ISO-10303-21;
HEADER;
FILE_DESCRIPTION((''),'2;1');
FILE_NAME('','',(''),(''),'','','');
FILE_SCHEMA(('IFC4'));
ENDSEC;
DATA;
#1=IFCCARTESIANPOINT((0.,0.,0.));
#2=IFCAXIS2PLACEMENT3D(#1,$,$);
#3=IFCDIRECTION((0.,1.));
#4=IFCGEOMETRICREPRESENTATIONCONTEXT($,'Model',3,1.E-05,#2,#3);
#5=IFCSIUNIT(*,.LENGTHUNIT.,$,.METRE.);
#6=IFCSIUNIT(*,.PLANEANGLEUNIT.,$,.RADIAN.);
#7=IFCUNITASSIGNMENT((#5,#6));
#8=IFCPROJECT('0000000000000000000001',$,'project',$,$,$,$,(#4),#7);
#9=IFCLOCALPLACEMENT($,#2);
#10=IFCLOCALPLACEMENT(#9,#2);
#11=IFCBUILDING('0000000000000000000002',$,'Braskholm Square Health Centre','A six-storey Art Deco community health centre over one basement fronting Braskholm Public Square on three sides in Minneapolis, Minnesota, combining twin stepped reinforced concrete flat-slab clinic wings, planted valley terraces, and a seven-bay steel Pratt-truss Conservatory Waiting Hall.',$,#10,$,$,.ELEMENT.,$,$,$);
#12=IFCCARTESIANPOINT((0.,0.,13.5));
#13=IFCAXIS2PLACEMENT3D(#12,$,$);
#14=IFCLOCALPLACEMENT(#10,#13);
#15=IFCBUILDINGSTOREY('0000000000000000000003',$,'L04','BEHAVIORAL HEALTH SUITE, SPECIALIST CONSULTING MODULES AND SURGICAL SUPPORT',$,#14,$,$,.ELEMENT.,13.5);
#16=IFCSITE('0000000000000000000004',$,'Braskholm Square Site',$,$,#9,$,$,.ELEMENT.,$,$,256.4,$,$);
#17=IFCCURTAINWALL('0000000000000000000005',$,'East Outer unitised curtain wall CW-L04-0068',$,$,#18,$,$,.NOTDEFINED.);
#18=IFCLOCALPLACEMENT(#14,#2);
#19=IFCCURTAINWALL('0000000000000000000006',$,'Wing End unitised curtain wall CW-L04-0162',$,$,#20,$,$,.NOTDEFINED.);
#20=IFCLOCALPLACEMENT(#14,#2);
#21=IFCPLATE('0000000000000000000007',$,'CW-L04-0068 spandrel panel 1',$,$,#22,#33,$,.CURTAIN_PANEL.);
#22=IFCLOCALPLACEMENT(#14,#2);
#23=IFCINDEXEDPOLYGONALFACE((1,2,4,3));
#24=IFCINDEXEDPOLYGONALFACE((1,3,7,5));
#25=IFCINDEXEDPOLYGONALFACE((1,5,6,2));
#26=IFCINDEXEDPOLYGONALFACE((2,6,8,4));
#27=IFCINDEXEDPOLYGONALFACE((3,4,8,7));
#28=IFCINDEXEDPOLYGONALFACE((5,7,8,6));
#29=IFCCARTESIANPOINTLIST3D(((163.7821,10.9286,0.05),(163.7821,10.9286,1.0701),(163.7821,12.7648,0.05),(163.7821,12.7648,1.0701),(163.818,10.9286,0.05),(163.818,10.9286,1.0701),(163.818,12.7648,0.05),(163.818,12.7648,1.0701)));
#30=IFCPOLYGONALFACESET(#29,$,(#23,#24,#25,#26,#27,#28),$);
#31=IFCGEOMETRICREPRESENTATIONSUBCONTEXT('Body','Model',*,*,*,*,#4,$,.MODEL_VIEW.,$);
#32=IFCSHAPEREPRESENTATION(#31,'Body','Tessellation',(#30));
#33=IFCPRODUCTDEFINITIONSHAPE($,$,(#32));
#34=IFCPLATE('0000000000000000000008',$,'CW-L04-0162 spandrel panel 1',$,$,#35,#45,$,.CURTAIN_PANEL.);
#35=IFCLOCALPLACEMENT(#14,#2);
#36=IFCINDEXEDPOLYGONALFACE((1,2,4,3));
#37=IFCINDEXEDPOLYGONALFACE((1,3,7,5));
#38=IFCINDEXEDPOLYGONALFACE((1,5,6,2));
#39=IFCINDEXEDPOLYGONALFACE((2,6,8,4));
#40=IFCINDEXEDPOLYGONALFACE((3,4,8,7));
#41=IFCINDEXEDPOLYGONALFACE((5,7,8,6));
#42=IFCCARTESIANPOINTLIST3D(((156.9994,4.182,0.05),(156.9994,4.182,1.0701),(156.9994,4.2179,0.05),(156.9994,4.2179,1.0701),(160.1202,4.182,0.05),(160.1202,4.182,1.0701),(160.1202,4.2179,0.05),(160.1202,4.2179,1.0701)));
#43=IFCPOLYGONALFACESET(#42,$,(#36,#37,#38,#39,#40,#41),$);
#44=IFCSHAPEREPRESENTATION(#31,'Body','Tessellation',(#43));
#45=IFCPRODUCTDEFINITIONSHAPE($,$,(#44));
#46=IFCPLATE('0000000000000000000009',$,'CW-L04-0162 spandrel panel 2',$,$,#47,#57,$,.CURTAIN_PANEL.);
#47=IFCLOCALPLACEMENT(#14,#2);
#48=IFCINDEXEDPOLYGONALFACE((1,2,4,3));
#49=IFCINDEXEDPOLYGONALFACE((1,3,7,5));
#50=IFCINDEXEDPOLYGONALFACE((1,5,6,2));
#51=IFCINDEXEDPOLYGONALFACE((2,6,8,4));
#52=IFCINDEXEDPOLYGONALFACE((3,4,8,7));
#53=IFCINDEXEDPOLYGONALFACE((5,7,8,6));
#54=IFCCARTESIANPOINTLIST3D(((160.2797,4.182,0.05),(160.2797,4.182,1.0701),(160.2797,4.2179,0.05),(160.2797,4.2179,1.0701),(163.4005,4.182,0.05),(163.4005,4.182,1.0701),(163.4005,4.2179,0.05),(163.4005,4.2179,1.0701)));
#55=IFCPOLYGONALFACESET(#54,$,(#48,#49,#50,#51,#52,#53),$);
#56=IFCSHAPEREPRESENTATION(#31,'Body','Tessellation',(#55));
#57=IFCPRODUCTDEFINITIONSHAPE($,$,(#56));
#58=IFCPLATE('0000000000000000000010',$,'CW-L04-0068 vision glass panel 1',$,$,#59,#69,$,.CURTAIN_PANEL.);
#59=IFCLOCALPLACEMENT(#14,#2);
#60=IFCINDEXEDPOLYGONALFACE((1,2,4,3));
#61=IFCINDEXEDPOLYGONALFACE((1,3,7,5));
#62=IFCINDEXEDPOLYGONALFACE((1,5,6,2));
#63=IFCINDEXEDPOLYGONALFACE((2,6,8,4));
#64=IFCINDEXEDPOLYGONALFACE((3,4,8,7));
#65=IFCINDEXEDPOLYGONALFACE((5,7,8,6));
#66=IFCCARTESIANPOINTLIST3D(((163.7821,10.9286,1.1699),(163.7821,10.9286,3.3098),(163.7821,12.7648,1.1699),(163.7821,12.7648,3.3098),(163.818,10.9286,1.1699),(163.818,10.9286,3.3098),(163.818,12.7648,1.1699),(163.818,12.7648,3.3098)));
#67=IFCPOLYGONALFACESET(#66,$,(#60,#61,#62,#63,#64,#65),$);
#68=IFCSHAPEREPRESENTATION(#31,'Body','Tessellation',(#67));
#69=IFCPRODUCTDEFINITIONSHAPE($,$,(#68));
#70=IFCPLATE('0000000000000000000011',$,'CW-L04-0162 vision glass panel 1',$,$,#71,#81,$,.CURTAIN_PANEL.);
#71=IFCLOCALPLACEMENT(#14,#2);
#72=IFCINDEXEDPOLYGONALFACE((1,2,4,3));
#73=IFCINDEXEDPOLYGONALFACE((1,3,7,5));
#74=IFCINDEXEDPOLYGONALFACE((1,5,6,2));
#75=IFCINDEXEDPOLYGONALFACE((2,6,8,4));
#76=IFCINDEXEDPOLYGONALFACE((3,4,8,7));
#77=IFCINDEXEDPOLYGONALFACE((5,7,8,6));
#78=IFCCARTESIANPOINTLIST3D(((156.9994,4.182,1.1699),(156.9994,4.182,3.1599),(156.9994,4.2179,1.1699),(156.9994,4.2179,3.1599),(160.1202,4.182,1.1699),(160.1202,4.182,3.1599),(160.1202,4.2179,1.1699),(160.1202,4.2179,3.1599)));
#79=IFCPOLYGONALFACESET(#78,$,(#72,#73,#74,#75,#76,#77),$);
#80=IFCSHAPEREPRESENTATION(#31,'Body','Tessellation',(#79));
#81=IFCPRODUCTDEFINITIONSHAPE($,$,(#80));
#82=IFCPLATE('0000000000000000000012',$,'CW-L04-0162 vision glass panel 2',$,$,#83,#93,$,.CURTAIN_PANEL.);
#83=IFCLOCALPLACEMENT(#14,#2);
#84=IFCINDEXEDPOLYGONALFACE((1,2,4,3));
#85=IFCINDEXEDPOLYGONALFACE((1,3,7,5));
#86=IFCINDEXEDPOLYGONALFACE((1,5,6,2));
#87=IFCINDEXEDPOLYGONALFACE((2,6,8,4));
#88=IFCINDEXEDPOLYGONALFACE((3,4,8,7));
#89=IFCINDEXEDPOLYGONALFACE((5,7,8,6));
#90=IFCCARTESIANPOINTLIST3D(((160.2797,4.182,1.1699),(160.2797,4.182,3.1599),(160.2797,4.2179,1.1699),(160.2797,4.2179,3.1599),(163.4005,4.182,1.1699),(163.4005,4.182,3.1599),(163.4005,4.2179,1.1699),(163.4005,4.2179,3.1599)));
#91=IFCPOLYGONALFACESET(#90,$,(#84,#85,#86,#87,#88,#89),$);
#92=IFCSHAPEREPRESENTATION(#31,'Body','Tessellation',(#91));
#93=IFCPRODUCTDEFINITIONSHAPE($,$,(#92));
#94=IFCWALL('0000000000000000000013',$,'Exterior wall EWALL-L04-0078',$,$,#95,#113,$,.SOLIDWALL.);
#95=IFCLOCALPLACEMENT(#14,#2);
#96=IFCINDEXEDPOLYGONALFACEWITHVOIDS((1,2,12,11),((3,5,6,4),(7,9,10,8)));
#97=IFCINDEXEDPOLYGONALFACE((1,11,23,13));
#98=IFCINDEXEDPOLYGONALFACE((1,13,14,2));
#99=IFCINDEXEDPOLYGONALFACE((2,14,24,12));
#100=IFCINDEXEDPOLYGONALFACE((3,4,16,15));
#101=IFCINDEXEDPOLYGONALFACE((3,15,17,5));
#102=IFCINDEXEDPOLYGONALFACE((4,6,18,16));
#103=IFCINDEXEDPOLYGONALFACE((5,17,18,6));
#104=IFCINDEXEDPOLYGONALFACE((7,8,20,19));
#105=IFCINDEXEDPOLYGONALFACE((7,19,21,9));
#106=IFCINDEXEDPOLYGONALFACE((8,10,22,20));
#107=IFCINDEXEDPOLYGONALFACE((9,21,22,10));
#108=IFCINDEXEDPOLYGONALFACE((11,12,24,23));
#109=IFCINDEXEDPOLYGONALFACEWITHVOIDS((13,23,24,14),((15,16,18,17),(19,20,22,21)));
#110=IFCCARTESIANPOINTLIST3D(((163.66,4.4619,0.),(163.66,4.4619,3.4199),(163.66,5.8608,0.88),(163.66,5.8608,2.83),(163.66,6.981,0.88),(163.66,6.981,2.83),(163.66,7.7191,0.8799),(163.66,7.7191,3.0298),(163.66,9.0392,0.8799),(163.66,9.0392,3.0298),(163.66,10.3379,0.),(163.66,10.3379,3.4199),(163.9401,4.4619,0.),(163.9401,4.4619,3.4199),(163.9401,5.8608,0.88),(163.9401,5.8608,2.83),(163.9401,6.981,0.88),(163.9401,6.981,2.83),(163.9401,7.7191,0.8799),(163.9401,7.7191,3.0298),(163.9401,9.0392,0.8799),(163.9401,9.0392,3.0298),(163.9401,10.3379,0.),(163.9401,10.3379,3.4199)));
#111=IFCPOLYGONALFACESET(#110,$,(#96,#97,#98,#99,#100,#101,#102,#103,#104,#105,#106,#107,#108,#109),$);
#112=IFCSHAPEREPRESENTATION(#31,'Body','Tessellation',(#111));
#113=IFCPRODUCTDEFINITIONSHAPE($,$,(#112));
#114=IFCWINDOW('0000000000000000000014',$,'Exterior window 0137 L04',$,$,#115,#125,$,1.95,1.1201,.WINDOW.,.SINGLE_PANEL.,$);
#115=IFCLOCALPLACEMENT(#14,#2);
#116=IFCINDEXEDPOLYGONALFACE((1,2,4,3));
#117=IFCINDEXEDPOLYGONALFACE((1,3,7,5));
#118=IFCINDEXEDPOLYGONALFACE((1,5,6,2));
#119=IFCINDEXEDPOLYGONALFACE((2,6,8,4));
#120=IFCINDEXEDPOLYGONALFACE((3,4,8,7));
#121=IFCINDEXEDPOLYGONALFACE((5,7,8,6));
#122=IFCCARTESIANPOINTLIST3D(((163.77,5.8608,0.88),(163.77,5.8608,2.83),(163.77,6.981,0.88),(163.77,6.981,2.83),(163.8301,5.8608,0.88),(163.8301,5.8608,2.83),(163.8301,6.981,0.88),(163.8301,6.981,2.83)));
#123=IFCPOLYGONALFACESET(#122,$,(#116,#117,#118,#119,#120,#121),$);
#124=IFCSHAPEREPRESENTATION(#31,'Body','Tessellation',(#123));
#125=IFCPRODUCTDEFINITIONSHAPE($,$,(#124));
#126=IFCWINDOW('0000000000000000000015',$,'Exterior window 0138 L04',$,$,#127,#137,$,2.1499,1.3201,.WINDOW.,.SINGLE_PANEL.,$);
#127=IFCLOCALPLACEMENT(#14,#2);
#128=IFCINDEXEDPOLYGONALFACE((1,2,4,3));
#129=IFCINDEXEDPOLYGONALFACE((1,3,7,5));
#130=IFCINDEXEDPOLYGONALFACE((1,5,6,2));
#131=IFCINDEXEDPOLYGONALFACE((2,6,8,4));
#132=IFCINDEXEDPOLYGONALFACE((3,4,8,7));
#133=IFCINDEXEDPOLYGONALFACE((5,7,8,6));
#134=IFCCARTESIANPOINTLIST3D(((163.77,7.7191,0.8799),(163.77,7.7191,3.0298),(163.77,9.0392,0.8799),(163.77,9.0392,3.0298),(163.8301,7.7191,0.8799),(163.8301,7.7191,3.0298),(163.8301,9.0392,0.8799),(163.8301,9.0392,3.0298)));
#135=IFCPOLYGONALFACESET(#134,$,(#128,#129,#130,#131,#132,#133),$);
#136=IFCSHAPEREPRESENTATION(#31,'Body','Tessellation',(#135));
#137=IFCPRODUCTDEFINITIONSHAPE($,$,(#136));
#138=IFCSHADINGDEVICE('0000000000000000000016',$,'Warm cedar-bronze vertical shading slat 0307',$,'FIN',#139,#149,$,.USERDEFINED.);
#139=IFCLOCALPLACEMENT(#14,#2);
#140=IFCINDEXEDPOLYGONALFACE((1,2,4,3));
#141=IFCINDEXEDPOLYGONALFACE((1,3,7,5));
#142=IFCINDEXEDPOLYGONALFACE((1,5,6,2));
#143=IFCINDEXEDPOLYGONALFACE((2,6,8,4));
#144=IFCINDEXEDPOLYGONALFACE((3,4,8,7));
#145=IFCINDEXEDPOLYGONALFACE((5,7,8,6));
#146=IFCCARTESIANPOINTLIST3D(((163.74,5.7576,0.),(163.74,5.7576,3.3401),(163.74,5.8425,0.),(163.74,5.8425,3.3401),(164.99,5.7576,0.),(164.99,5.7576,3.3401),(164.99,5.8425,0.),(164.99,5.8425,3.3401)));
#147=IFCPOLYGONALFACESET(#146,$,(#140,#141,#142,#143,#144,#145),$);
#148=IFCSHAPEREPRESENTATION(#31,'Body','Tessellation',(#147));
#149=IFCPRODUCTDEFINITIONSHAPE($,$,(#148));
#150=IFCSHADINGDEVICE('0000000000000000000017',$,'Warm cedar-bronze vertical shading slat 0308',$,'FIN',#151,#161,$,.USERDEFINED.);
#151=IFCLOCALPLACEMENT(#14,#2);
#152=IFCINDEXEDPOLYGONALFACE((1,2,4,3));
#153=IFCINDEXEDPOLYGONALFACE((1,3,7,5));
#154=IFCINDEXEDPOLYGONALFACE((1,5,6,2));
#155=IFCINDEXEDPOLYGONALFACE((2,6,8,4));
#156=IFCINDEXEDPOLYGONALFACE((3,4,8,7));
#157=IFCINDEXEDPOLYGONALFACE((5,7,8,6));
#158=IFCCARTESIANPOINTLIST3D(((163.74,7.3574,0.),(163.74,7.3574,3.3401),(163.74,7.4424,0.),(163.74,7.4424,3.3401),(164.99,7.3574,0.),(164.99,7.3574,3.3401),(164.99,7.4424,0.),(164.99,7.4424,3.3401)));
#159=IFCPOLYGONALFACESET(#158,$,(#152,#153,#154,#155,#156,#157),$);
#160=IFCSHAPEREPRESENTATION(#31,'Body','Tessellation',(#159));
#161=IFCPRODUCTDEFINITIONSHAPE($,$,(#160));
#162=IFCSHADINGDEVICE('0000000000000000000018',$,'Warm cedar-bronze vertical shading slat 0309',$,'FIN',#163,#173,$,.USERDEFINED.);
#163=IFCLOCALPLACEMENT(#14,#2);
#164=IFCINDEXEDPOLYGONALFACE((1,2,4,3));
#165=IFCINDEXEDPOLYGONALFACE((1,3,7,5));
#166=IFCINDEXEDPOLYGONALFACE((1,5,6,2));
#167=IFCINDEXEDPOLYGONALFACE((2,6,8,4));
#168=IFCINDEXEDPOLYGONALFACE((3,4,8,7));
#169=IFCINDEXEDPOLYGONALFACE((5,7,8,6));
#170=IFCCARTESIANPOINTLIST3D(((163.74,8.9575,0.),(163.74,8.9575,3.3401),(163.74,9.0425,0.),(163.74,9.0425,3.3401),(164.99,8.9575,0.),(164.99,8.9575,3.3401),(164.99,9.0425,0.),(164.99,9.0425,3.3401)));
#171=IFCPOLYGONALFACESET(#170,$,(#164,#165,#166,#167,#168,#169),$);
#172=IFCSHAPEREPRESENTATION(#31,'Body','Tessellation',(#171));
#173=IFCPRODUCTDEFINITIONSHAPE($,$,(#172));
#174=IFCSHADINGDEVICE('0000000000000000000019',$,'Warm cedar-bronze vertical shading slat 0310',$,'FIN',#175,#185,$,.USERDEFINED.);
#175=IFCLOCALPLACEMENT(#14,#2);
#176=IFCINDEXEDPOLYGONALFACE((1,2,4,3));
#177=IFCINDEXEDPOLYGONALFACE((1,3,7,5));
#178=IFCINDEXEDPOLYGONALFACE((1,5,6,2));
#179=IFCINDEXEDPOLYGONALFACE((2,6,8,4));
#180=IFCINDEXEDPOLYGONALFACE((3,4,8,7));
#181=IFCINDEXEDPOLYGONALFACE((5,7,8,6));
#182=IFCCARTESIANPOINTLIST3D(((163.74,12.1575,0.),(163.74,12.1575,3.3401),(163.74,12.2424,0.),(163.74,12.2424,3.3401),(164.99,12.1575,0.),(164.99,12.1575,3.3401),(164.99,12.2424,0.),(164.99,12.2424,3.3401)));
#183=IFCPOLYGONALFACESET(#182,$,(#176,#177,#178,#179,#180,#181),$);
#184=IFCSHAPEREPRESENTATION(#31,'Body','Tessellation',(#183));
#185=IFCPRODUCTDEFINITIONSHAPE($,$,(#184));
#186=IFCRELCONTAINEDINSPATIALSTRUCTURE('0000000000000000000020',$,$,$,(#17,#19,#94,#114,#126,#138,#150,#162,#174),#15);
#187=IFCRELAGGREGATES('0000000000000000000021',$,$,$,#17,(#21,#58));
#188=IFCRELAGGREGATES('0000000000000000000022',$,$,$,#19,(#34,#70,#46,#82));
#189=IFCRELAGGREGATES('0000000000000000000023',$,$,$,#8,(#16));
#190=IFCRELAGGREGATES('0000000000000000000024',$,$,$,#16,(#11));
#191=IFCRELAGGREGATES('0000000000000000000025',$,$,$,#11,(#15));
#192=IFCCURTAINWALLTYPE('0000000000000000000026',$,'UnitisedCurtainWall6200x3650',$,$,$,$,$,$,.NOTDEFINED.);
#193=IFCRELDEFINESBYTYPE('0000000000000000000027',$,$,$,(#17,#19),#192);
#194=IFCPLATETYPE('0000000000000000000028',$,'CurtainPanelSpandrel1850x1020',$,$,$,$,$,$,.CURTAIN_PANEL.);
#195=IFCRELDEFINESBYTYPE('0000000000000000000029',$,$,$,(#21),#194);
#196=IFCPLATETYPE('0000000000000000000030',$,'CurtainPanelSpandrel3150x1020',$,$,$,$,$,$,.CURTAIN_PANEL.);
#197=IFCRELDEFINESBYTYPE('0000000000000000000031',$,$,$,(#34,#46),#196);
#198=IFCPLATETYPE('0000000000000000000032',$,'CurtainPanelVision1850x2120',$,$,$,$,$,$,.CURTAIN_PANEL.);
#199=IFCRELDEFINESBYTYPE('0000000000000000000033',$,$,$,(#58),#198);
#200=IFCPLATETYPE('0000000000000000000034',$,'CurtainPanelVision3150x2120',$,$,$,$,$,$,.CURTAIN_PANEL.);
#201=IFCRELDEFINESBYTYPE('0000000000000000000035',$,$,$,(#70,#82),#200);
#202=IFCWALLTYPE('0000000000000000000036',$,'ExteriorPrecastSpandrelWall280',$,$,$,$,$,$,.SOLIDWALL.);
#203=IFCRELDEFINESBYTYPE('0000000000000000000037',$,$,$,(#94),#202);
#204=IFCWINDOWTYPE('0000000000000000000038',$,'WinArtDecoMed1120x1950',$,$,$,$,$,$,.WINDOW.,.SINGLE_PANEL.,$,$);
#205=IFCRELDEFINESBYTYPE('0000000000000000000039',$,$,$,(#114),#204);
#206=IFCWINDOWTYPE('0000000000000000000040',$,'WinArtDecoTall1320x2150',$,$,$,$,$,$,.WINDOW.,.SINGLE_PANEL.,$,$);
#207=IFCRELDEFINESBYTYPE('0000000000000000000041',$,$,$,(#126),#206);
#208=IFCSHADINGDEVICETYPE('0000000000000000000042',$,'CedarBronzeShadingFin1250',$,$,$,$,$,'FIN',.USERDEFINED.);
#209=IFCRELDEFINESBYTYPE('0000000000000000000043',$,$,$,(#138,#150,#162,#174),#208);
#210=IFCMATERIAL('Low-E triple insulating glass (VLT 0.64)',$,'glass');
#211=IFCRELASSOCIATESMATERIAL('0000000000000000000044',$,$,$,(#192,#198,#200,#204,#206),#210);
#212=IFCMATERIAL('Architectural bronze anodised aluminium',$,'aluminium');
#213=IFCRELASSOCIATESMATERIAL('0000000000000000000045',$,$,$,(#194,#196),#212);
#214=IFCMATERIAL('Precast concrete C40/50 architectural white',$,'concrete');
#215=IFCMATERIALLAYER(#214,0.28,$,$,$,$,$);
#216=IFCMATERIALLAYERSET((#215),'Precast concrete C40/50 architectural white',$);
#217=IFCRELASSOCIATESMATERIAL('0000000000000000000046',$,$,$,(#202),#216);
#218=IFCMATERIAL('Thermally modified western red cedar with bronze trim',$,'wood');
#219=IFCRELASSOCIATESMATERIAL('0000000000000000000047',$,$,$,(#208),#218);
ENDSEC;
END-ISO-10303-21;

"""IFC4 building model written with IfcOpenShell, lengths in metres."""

from ifc_helpers import new_model, si_unit, direction, frame, frame_2d, origin, origin_with_axes, origin_2d, place, context, subcontext, project, spatial, rectangle, extrude, material, layer, layer_set, type_object, element, fill, aggregate, save


model = new_model("IFC4")

# Units and contexts
model_context = context("Model", 3, precision=1e-05, world=origin(), true_north=direction((0.0, 1.0)))
body_context = subcontext(model_context, "Body", "Model", "MODEL_VIEW")
ifc_project = project(units=[si_unit("LENGTHUNIT", "METRE"), si_unit("PLANEANGLEUNIT", "RADIAN")], contexts=[model_context])

# Site, building, storey
site_placement = place(None, origin())
site = spatial("IfcSite", under=ifc_project, at=site_placement, Name="Braskholm Square Site", CompositionType="ELEMENT", RefElevation=256.4)
building_placement = place(site_placement, origin())
building = spatial("IfcBuilding", under=site, at=building_placement, Name="Braskholm Square Health Centre", Description="A six-storey Art Deco community health centre over one basement fronting Braskholm Public Square on three sides in Minneapolis, Minnesota, combining twin stepped reinforced concrete flat-slab clinic wings, planted valley terraces, and a seven-bay steel Pratt-truss Conservatory Waiting Hall.", CompositionType="ELEMENT")
storey_placement = place(building_placement, frame((0.0, 0.0, 13.5)))
storey = spatial("IfcBuildingStorey", under=building, at=storey_placement, Name="L04", Description="BEHAVIORAL HEALTH SUITE, SPECIALIST CONSULTING MODULES AND SURGICAL SUPPORT", CompositionType="ELEMENT", Elevation=13.5)

# Shared definitions
ifc_material_1 = material(Name="Precast concrete C40/50 architectural white", Category="concrete")

# Curtain wall
ifc_material_2 = material(Name="Low-E triple insulating glass (VLT 0.64)", Category="glass")
curtain_wall_type = type_object("IfcCurtainWallType", Name="UnitisedCurtainWall6200x3650", PredefinedType="NOTDEFINED", material=ifc_material_2)
curtain_wall_1_placement = place(storey_placement, origin())
curtain_wall_1 = element("IfcCurtainWall", 1, at=curtain_wall_1_placement, inside=storey, type_object=curtain_wall_type, Name="East Outer unitised curtain wall CW-L04-0068", PredefinedType="NOTDEFINED")
ifc_material_3 = material(Name="Architectural bronze anodised aluminium", Category="aluminium")

# Curtain wall
curtain_wall_2_placement = place(storey_placement, origin())
curtain_wall_2 = element("IfcCurtainWall", 2, at=curtain_wall_2_placement, inside=storey, type_object=curtain_wall_type, Name="Wing End unitised curtain wall CW-L04-0162", PredefinedType="NOTDEFINED")

# Plates
plate_type_1 = type_object("IfcPlateType", Name="CurtainPanelSpandrel1850x1020", PredefinedType="CURTAIN_PANEL", material=ifc_material_3)
plate_1_placement = place(storey_placement, frame((163.8, 11.8467, 0.05), z_axis=(0.0, 0.0, 1.0), x_axis=(0.0, 1.0, 0.0)))
plate_1 = element("IfcPlate", 3, at=plate_1_placement, type_object=plate_type_1, Name="CW-L04-0068 spandrel panel 1", PredefinedType="CURTAIN_PANEL", context=body_context, shape_type="SweptSolid", body=[
    extrude(rectangle(XDim=1.8362, YDim=0.0359, at=origin_2d()), origin(), (0.0, 0.0, 1.0), 1.02),
])
plate_type_2 = type_object("IfcPlateType", Name="CurtainPanelSpandrel3150x1020", PredefinedType="CURTAIN_PANEL", material=ifc_material_3)
plate_2_placement = place(storey_placement, frame((158.5598, 4.2, 0.05), z_axis=(0.0, 0.0, 1.0), x_axis=(1.0, 0.0, 0.0)))
plate_2 = element("IfcPlate", 4, at=plate_2_placement, type_object=plate_type_2, Name="CW-L04-0162 spandrel panel 1", PredefinedType="CURTAIN_PANEL", context=body_context, shape_type="SweptSolid", body=[
    extrude(rectangle(XDim=3.1208, YDim=0.0359, at=origin_2d()), origin(), (0.0, 0.0, 1.0), 1.02),
])
plate_3_placement = place(storey_placement, frame((161.8401, 4.2, 0.05), z_axis=(0.0, 0.0, 1.0), x_axis=(1.0, 0.0, 0.0)))
plate_3 = element("IfcPlate", 5, at=plate_3_placement, type_object=plate_type_2, Name="CW-L04-0162 spandrel panel 2", PredefinedType="CURTAIN_PANEL", context=body_context, shape_type="SweptSolid", body=[
    extrude(rectangle(XDim=3.1208, YDim=0.0359, at=origin_2d()), origin(), (0.0, 0.0, 1.0), 1.02),
])
plate_type_3 = type_object("IfcPlateType", Name="CurtainPanelVision1850x2120", PredefinedType="CURTAIN_PANEL", material=ifc_material_2)
plate_4_placement = place(storey_placement, frame((163.8, 11.8467, 1.1699), z_axis=(0.0, 0.0, 1.0), x_axis=(0.0, 1.0, 0.0)))
plate_4 = element("IfcPlate", 6, at=plate_4_placement, type_object=plate_type_3, Name="CW-L04-0068 vision glass panel 1", PredefinedType="CURTAIN_PANEL", context=body_context, shape_type="SweptSolid", body=[
    extrude(rectangle(XDim=1.8362, YDim=0.0359, at=origin_2d()), origin(), (0.0, 0.0, 1.0), 2.1399),
])
aggregate(curtain_wall_1, [plate_1, plate_4])
plate_type_4 = type_object("IfcPlateType", Name="CurtainPanelVision3150x2120", PredefinedType="CURTAIN_PANEL", material=ifc_material_2)
plate_5_placement = place(storey_placement, frame((158.5598, 4.2, 1.1699), z_axis=(0.0, 0.0, 1.0), x_axis=(1.0, 0.0, 0.0)))
plate_5 = element("IfcPlate", 7, at=plate_5_placement, type_object=plate_type_4, Name="CW-L04-0162 vision glass panel 1", PredefinedType="CURTAIN_PANEL", context=body_context, shape_type="SweptSolid", body=[
    extrude(rectangle(XDim=3.1208, YDim=0.0359, at=origin_2d()), origin(), (0.0, 0.0, 1.0), 1.99),
])
plate_6_placement = place(storey_placement, frame((161.8401, 4.2, 1.1699), z_axis=(0.0, 0.0, 1.0), x_axis=(1.0, 0.0, 0.0)))
plate_6 = element("IfcPlate", 8, at=plate_6_placement, type_object=plate_type_4, Name="CW-L04-0162 vision glass panel 2", PredefinedType="CURTAIN_PANEL", context=body_context, shape_type="SweptSolid", body=[
    extrude(rectangle(XDim=3.1208, YDim=0.0359, at=origin_2d()), origin(), (0.0, 0.0, 1.0), 1.99),
])
aggregate(curtain_wall_2, [plate_2, plate_5, plate_3, plate_6])

# Wall, openings, windows
ifc_layer_1 = layer(ifc_material_1, 0.28)
ifc_layer_set_1 = layer_set([ifc_layer_1], Name="Precast concrete C40/50 architectural white")
wall_type = type_object("IfcWallType", Name="ExteriorPrecastSpandrelWall280", PredefinedType="SOLIDWALL", material=ifc_layer_set_1)
wall_placement = place(storey_placement, frame((163.8, 4.4619, 0.0), z_axis=(0.0, 0.0, 1.0), x_axis=(0.0, 1.0, 0.0)))
wall = element("IfcWall", 9, at=wall_placement, inside=storey, type_object=wall_type, Name="Exterior wall EWALL-L04-0078", PredefinedType="SOLIDWALL", context=body_context, shape_type="SweptSolid", body=[
    extrude(rectangle(XDim=5.876, YDim=0.28, at=frame_2d((2.938, 0.0))), origin(), (0.0, 0.0, 1.0), 3.4199),
])
opening_1_placement = place(wall_placement, frame((1.3989, 0.0, 0.8799)))
opening_1 = element("IfcOpeningElement", 10, at=opening_1_placement, cuts=wall, PredefinedType="OPENING", context=body_context, shape_type="SweptSolid", body=[
    extrude(rectangle(XDim=1.1201, YDim=1.95, at=frame_2d((0.5601, 0.9751))), frame((0.0, 0.1499, 0.0), z_axis=(0.0, -1.0, 0.0), x_axis=(1.0, 0.0, 0.0)), (0.0, 0.0, 1.0), 0.3),
])
opening_2_placement = place(wall_placement, frame((3.2571, 0.0, 0.8799)))
opening_2 = element("IfcOpeningElement", 11, at=opening_2_placement, cuts=wall, PredefinedType="OPENING", context=body_context, shape_type="SweptSolid", body=[
    extrude(rectangle(XDim=1.3201, YDim=2.1499, at=frame_2d((0.6602, 1.075))), frame((0.0, 0.1499, 0.0), z_axis=(0.0, -1.0, 0.0), x_axis=(1.0, 0.0, 0.0)), (0.0, 0.0, 1.0), 0.3),
])
window_type_1 = type_object("IfcWindowType", Name="WinArtDecoMed1120x1950", PartitioningType="SINGLE_PANEL", PredefinedType="WINDOW", material=ifc_material_2)
window_1_placement = place(opening_1_placement, origin_with_axes())
window_1 = element("IfcWindow", 12, at=window_1_placement, inside=storey, type_object=window_type_1, Name="Exterior window 0137 L04", OverallHeight=1.95, OverallWidth=1.1201, PartitioningType="SINGLE_PANEL", PredefinedType="WINDOW", context=body_context, shape_type="SweptSolid", body=[
    extrude(rectangle(XDim=1.1201, YDim=1.95, at=frame_2d((0.5601, 0.9751))), frame((0.0, 0.03, 0.0), z_axis=(0.0, -1.0, 0.0), x_axis=(1.0, 0.0, 0.0)), (0.0, 0.0, 1.0), 0.0601),
])
fill(opening_1, window_1)
window_type_2 = type_object("IfcWindowType", Name="WinArtDecoTall1320x2150", PartitioningType="SINGLE_PANEL", PredefinedType="WINDOW", material=ifc_material_2)
window_2_placement = place(opening_2_placement, origin_with_axes())
window_2 = element("IfcWindow", 13, at=window_2_placement, inside=storey, type_object=window_type_2, Name="Exterior window 0138 L04", OverallHeight=2.1499, OverallWidth=1.3201, PartitioningType="SINGLE_PANEL", PredefinedType="WINDOW", context=body_context, shape_type="SweptSolid", body=[
    extrude(rectangle(XDim=1.3201, YDim=2.1499, at=frame_2d((0.6602, 1.075))), frame((0.0, 0.03, 0.0), z_axis=(0.0, -1.0, 0.0), x_axis=(1.0, 0.0, 0.0)), (0.0, 0.0, 1.0), 0.0601),
])
fill(opening_2, window_2)

# Shading devices
ifc_material_4 = material(Name="Thermally modified western red cedar with bronze trim", Category="wood")
shading_device_type = type_object("IfcShadingDeviceType", Name="CedarBronzeShadingFin1250", ElementType="FIN", PredefinedType="USERDEFINED", material=ifc_material_4)
for number, where, z_axis, x_axis, name in (
    (14, (164.365, 5.8, 0.0), (0.0, 0.0, 1.0), (1.0, 0.0, 0.0), "Warm cedar-bronze vertical shading slat 0307"),
    (15, (164.365, 7.3999, 0.0), (0.0, 0.0, 1.0), (1.0, 0.0, 0.0), "Warm cedar-bronze vertical shading slat 0308"),
    (16, (164.365, 9.0, 0.0), (0.0, 0.0, 1.0), (1.0, 0.0, 0.0), "Warm cedar-bronze vertical shading slat 0309"),
    (17, (164.365, 12.2, 0.0), (0.0, 0.0, 1.0), (1.0, 0.0, 0.0), "Warm cedar-bronze vertical shading slat 0310"),
):
    element("IfcShadingDevice", number, at=place(storey_placement, frame(where, z_axis=z_axis, x_axis=x_axis)), inside=storey, type_object=shading_device_type, Name=name, ObjectType="FIN", PredefinedType="USERDEFINED", context=body_context, shape_type="SweptSolid", body=[
        extrude(rectangle(XDim=1.25, YDim=0.085, at=origin_2d()), origin(), (0.0, 0.0, 1.0), 3.3401),
    ])

save(model, "model.ifc")
